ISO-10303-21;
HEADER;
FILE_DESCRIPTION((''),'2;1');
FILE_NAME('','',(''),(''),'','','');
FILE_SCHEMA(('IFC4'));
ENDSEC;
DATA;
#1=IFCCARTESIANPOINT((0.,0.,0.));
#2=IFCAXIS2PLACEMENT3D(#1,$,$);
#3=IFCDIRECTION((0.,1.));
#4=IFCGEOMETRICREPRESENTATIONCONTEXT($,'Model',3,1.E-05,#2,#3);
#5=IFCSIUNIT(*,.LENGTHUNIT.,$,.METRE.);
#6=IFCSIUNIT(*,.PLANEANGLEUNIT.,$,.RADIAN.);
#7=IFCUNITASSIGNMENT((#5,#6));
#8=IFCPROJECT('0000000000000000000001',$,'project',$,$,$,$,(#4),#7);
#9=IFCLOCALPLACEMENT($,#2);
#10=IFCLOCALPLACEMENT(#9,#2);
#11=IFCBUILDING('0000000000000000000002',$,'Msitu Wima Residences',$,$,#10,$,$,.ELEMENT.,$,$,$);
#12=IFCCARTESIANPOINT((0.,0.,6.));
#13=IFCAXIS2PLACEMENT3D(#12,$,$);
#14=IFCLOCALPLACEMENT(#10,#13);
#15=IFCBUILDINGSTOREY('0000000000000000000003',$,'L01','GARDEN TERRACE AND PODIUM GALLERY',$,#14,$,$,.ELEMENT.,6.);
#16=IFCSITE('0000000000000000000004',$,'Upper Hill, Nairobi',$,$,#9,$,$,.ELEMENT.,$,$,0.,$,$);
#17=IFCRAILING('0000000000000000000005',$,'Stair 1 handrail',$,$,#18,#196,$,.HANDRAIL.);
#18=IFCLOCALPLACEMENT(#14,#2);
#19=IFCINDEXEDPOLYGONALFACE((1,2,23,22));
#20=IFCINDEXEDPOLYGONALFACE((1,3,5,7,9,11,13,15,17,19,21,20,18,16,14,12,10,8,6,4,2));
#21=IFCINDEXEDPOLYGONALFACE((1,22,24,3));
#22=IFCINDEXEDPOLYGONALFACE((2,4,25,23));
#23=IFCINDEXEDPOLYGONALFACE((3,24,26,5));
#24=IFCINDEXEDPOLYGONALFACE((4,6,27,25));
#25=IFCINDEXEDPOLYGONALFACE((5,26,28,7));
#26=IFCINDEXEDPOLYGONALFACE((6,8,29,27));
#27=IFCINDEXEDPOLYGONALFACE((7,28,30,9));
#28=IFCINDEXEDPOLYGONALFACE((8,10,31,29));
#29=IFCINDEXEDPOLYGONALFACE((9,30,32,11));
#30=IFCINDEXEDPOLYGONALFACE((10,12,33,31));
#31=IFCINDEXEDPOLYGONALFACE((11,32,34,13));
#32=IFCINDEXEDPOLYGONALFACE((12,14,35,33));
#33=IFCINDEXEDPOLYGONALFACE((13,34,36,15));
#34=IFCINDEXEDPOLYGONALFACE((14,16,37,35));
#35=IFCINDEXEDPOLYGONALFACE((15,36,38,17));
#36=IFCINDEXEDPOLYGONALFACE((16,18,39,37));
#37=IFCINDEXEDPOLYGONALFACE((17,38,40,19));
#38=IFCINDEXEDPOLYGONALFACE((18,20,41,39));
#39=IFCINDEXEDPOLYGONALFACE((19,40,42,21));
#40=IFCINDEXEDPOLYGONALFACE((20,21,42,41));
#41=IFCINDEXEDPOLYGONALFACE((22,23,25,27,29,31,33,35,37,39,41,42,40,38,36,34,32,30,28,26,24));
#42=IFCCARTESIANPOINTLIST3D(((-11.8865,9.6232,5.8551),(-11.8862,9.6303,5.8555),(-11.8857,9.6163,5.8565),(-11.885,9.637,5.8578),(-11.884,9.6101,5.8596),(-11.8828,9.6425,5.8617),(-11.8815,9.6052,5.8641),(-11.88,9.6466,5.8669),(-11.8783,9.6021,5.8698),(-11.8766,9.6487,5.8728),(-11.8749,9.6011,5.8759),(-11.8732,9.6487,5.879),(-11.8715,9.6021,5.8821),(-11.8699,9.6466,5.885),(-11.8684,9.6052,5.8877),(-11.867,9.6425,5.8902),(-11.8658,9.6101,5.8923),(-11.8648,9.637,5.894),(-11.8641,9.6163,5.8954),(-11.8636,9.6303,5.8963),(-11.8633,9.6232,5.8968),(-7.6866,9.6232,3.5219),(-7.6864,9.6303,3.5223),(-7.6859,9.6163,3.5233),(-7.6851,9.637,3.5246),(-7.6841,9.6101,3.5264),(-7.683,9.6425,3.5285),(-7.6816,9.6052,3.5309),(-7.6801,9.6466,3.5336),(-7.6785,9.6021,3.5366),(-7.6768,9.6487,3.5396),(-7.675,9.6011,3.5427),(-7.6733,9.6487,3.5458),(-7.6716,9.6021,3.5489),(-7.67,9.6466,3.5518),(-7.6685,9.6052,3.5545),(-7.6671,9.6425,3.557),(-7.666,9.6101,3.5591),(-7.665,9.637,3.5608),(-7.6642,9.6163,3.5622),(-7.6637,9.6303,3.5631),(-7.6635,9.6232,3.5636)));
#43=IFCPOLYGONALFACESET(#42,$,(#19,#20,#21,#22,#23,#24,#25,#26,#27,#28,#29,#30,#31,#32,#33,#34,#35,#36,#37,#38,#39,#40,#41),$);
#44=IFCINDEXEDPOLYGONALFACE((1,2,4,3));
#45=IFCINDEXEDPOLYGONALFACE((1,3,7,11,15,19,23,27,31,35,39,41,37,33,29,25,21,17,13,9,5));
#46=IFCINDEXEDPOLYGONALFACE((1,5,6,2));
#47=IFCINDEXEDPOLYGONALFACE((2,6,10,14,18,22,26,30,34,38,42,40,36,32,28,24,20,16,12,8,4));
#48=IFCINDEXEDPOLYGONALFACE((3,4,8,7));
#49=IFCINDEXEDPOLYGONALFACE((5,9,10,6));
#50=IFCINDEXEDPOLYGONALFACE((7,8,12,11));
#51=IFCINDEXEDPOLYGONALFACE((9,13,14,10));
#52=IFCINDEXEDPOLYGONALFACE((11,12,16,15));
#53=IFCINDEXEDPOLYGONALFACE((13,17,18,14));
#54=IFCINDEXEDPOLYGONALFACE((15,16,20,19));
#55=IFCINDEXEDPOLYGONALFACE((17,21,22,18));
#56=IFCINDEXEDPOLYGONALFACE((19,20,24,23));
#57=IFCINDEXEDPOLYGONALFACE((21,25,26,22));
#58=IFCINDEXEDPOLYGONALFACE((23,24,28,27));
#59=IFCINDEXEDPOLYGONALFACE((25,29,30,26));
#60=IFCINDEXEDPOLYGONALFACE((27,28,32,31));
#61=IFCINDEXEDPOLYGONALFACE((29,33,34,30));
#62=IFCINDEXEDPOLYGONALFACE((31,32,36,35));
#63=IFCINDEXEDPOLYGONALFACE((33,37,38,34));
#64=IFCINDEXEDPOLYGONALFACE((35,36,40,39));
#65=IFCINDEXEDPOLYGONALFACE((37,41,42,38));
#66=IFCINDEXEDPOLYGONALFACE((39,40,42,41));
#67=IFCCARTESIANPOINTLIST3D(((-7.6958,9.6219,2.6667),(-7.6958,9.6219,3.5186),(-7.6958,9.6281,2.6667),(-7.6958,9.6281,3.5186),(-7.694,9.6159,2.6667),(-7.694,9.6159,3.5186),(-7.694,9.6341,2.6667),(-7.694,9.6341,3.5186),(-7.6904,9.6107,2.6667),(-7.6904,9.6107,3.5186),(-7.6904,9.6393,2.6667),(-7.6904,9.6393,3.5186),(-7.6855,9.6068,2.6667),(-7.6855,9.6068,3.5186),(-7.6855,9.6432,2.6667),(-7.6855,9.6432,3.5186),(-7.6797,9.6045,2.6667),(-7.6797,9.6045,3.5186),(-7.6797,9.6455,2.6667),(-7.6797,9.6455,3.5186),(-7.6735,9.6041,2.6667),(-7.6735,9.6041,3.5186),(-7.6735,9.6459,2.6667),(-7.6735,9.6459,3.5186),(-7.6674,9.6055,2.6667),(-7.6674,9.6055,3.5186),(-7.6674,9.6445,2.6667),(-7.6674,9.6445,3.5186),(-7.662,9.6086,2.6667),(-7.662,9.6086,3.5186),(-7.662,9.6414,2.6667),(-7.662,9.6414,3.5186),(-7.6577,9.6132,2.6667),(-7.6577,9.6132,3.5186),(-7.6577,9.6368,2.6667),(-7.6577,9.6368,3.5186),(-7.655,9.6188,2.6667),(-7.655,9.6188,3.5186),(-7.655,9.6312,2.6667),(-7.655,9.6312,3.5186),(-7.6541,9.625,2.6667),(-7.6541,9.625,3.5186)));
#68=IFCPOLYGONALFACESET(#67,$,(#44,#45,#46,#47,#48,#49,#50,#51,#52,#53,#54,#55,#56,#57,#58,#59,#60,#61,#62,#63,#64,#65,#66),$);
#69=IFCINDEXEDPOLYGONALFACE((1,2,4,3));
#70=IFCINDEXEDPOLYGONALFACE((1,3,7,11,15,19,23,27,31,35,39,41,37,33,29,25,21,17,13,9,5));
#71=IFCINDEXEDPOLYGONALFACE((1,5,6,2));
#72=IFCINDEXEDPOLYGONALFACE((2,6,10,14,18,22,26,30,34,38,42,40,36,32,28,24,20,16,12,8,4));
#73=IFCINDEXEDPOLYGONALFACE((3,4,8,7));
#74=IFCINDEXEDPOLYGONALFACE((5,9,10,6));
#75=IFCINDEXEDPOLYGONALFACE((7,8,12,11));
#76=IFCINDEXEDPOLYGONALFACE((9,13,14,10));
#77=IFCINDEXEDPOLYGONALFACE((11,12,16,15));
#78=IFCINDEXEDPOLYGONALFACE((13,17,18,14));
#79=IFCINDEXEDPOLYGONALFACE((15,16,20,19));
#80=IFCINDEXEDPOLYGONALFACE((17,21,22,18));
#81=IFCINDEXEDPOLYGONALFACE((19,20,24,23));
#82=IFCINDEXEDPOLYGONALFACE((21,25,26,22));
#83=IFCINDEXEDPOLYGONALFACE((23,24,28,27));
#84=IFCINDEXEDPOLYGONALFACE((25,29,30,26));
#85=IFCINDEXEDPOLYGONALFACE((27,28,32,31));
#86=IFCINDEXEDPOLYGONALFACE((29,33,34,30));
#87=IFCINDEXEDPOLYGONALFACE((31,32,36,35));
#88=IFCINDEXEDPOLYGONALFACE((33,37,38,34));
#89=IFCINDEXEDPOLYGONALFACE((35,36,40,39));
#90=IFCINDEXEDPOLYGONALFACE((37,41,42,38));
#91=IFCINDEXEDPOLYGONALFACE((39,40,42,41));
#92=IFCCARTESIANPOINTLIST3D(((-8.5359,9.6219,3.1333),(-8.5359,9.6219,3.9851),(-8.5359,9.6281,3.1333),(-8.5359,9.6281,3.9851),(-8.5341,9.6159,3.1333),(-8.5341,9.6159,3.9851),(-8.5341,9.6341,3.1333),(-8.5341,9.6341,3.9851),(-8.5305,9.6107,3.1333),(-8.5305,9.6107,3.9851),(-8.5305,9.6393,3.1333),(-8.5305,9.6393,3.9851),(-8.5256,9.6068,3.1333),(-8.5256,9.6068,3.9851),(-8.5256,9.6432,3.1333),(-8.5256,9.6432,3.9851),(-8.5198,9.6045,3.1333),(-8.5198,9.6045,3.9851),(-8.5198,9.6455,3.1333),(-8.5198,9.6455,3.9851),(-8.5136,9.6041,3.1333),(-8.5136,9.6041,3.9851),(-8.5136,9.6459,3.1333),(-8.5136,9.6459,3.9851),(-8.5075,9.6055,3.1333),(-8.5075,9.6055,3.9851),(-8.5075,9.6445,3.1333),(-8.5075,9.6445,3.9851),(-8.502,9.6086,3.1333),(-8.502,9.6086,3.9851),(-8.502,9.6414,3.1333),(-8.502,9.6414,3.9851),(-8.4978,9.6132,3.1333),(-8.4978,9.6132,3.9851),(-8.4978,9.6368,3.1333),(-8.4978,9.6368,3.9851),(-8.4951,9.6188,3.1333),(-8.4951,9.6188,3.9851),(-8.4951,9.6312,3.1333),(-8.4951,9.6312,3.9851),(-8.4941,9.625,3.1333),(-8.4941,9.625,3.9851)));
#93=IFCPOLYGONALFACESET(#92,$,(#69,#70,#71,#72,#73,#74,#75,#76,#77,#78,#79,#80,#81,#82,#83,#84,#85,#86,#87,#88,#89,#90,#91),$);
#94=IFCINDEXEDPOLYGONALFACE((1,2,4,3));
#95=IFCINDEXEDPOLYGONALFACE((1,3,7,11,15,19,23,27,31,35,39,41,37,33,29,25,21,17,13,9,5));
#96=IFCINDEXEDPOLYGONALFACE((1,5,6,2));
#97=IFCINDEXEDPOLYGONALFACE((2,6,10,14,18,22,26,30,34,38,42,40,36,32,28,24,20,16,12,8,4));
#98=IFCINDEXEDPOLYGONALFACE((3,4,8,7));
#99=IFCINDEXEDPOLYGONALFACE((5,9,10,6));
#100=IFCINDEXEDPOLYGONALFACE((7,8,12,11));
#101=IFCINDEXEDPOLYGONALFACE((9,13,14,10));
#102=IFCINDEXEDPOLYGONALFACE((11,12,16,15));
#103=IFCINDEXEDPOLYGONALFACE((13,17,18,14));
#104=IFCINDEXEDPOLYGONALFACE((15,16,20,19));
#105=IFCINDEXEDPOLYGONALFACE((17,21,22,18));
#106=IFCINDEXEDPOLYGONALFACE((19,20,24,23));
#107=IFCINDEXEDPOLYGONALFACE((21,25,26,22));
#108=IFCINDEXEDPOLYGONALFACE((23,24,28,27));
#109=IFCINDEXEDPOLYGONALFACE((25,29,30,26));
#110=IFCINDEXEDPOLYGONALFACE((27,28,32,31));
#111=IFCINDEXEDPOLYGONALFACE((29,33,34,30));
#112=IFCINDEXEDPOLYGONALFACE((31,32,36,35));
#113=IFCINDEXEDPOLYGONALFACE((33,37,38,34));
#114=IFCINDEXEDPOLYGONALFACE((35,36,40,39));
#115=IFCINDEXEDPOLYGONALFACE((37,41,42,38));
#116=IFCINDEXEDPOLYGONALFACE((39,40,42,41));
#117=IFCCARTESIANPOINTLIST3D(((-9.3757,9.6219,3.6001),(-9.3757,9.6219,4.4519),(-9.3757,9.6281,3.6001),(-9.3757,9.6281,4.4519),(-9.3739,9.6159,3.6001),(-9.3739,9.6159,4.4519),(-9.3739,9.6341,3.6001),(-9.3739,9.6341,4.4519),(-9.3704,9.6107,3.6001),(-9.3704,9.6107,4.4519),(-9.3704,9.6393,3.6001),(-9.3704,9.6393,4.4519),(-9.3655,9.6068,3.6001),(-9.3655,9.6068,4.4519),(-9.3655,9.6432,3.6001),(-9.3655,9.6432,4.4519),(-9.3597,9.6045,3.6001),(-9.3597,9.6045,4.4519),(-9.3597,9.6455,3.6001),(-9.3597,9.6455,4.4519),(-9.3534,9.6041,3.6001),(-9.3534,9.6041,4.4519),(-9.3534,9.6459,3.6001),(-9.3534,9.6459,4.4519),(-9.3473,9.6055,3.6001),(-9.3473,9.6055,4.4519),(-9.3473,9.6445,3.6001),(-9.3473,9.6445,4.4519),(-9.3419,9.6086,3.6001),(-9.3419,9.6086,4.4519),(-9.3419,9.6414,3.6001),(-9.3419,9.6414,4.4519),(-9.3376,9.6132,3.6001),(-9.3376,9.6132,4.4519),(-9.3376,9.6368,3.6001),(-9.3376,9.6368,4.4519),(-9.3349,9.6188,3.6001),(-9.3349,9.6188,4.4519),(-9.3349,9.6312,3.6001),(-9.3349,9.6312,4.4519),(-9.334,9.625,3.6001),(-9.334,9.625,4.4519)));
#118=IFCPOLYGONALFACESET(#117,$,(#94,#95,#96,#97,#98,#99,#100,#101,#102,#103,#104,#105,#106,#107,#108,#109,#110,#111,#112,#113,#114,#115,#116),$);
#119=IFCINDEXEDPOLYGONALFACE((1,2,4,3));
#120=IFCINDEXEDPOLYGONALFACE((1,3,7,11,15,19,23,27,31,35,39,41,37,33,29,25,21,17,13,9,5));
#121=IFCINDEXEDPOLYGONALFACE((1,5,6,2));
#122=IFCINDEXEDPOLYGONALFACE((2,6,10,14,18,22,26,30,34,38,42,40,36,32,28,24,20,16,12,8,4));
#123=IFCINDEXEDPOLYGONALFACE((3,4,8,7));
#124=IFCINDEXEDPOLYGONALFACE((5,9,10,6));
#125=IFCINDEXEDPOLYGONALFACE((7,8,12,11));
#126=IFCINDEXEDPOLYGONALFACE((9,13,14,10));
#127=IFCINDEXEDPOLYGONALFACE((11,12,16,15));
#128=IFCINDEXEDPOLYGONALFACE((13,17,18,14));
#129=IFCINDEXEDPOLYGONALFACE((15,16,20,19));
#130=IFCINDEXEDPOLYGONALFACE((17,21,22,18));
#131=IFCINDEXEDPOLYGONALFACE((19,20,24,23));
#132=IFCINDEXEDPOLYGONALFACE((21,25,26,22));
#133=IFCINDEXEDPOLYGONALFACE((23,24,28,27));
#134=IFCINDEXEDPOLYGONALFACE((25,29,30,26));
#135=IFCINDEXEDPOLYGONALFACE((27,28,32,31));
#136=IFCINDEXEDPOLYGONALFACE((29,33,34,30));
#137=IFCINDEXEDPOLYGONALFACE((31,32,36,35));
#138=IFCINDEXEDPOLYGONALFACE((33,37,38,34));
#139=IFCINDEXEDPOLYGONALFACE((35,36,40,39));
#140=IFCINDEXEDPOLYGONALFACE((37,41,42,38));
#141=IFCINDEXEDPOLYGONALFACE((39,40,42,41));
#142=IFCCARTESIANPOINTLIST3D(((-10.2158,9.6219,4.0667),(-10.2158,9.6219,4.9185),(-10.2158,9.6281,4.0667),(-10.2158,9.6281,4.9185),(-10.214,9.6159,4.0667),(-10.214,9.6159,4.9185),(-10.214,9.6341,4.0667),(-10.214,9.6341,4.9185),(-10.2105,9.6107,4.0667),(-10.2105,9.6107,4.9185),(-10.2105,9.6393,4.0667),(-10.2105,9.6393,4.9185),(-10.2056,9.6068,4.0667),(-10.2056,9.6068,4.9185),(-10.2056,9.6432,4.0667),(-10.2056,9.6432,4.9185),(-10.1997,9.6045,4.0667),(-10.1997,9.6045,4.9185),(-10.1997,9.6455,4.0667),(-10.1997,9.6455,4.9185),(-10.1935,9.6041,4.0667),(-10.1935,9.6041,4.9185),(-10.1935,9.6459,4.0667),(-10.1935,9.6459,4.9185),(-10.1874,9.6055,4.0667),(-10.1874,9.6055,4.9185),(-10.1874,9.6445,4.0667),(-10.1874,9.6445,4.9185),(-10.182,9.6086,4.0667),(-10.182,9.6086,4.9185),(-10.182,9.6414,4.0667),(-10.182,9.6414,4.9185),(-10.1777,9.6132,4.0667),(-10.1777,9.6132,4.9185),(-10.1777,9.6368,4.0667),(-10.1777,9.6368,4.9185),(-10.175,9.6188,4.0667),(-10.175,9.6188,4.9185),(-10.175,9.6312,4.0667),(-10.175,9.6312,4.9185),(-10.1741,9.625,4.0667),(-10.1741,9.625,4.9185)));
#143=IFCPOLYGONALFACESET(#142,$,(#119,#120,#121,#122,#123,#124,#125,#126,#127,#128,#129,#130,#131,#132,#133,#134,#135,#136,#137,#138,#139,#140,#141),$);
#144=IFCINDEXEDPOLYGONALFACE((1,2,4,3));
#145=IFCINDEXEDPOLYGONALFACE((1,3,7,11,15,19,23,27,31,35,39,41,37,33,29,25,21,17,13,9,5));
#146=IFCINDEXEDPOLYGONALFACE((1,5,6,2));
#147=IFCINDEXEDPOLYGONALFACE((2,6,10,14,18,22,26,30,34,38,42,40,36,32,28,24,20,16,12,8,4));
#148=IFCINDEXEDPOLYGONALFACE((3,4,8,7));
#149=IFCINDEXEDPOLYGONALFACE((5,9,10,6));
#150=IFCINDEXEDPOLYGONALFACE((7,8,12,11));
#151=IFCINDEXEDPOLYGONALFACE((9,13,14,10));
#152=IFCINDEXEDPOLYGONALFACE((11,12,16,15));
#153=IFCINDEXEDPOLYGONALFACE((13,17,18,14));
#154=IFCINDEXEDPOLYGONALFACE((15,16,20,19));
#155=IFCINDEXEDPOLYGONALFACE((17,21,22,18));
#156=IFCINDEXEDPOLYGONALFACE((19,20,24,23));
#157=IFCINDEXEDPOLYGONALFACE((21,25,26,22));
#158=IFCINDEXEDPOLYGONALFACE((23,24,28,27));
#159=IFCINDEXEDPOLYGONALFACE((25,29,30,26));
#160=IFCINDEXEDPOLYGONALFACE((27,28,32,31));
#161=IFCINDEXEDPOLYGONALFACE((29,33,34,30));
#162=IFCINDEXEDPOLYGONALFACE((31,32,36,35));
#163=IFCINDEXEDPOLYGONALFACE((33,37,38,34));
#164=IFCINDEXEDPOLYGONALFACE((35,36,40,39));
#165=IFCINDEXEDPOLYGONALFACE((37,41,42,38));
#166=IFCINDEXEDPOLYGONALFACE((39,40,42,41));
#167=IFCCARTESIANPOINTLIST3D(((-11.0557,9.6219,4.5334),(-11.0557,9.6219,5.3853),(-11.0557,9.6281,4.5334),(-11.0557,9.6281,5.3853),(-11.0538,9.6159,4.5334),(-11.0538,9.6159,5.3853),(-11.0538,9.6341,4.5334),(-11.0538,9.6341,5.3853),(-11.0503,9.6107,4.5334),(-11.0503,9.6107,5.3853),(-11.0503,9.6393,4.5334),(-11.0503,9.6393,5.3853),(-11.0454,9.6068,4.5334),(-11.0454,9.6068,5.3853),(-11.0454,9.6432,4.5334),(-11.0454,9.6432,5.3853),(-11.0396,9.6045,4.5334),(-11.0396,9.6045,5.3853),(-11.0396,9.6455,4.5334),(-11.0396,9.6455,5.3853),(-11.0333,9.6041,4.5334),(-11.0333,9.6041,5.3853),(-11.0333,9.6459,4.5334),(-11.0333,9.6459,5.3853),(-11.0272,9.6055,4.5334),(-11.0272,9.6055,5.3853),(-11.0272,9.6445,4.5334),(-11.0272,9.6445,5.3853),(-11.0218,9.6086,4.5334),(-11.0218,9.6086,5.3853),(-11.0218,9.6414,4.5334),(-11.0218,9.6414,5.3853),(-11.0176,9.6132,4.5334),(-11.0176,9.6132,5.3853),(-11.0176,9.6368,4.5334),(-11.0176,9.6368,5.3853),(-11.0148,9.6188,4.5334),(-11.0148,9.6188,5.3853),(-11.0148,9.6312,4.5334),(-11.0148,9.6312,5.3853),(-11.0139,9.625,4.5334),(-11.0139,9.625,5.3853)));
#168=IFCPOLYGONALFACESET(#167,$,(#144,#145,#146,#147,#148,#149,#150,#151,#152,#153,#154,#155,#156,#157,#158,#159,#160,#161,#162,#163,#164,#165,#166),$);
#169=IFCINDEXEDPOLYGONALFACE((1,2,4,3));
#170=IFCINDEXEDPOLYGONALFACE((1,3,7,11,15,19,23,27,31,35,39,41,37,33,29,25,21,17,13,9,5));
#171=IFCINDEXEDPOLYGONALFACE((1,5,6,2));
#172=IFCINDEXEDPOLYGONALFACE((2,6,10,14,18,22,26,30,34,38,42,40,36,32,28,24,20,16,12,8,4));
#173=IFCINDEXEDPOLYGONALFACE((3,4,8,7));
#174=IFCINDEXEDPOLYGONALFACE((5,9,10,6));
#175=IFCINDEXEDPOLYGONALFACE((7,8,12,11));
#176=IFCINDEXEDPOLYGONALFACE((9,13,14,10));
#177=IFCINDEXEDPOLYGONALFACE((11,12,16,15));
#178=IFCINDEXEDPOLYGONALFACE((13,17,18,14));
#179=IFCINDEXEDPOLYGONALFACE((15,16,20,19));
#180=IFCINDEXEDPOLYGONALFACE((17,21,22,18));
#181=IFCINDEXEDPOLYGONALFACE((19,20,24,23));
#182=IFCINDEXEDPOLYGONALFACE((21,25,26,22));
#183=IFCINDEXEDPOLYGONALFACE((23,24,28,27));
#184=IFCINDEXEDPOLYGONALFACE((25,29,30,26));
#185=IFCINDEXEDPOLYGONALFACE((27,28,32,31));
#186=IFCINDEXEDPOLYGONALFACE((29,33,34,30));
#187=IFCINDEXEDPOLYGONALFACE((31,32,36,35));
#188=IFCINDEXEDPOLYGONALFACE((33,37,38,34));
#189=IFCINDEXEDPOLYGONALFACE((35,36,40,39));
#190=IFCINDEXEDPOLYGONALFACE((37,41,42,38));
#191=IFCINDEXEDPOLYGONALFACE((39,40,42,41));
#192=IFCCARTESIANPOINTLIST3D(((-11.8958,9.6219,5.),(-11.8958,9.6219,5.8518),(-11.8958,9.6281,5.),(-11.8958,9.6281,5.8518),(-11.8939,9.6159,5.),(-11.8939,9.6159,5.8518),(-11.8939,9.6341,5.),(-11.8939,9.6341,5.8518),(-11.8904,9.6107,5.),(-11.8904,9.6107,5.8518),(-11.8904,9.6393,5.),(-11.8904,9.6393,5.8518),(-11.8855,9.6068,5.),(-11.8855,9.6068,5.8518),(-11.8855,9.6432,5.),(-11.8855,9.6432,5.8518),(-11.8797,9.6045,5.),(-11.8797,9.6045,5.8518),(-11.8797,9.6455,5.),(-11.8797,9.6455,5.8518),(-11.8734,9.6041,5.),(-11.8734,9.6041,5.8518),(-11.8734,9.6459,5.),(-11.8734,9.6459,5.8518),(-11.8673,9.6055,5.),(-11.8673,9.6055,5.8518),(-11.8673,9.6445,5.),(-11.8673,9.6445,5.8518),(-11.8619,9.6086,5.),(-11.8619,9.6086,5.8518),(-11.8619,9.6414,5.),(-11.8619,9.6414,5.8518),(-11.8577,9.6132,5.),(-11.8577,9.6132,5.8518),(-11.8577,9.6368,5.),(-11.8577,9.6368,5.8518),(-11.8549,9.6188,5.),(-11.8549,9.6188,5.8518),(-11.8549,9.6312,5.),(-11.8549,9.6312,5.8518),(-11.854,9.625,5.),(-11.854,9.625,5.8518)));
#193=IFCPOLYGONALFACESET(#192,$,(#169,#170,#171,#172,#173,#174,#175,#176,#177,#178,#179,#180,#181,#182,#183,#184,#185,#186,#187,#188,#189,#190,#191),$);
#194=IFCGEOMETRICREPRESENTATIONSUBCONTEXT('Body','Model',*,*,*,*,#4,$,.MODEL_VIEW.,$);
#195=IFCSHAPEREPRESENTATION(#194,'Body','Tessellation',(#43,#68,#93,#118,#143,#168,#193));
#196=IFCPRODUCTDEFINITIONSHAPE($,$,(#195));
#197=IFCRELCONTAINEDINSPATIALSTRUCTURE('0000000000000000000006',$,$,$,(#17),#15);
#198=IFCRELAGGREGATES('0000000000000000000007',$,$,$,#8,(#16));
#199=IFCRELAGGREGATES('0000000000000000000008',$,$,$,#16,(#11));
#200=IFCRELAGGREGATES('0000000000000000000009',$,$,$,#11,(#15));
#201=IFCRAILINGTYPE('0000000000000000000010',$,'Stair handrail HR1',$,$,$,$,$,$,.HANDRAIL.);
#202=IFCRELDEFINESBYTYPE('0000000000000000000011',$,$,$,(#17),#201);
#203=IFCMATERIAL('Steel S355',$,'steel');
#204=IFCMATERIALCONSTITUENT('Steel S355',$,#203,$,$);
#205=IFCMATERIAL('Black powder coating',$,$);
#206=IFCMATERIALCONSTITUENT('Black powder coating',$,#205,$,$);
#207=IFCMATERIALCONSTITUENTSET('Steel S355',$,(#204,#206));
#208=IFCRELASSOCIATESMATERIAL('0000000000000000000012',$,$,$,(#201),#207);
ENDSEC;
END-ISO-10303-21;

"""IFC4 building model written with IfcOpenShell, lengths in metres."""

from ifc_helpers import new_model, si_unit, direction, frame, origin, origin_2d, place, context, subcontext, project, spatial, circle, extrude, material, constituent, constituent_set, type_object, element, save


model = new_model("IFC4")

# Units and contexts
model_context = context("Model", 3, precision=1e-05, world=origin(), true_north=direction((0.0, 1.0)))
body_context = subcontext(model_context, "Body", "Model", "MODEL_VIEW")
ifc_project = project(units=[si_unit("LENGTHUNIT", "METRE"), si_unit("PLANEANGLEUNIT", "RADIAN")], contexts=[model_context])

# Site, building, storey
site_placement = place(None, origin())
site = spatial("IfcSite", under=ifc_project, at=site_placement, Name="Upper Hill, Nairobi", CompositionType="ELEMENT", RefElevation=0.0)
building_placement = place(site_placement, origin())
building = spatial("IfcBuilding", under=site, at=building_placement, Name="Msitu Wima Residences", CompositionType="ELEMENT")
storey_placement = place(building_placement, frame((0.0, 0.0, 6.0)))
storey = spatial("IfcBuildingStorey", under=building, at=storey_placement, Name="L01", Description="GARDEN TERRACE AND PODIUM GALLERY", CompositionType="ELEMENT", Elevation=6.0)

# Railing
ifc_material_1 = material(Name="Steel S355", Category="steel")
ifc_constituent_1 = constituent(ifc_material_1, Name="Steel S355")
ifc_material_2 = material(Name="Black powder coating")
ifc_constituent_2 = constituent(ifc_material_2, Name="Black powder coating")
ifc_constituent_set = constituent_set(constituents=[ifc_constituent_1, ifc_constituent_2], Name="Steel S355")
railing_type = type_object("IfcRailingType", Name="Stair handrail HR1", PredefinedType="HANDRAIL", material=ifc_constituent_set)
for number, where, name in (
    (1, (-7.675, 9.625, 2.6667), "Stair 1 handrail"),
):
    element("IfcRailing", number, at=place(storey_placement, frame(where)), inside=storey, type_object=railing_type, Name=name, PredefinedType="HANDRAIL", context=body_context, shape_type="SweptSolid", body=[
        extrude(circle(Radius=0.0239, at=origin_2d()), frame((0.0, 0.0, 0.876), z_axis=(-0.874162, 0.0, 0.485634), x_axis=(0.0, -1.0, 0.0)), (0.0, 0.0, 1.0), 4.8044),
        extrude(circle(Radius=0.021, at=origin_2d()), origin(), (0.0, 0.0, 1.0), 0.8518),
        extrude(circle(Radius=0.021, at=origin_2d()), frame((-0.8401, 0.0, 0.4666)), (0.0, 0.0, 1.0), 0.8518),
        extrude(circle(Radius=0.021, at=origin_2d()), frame((-1.6799, 0.0, 0.9333)), (0.0, 0.0, 1.0), 0.8518),
        extrude(circle(Radius=0.021, at=origin_2d()), frame((-2.52, 0.0, 1.3999)), (0.0, 0.0, 1.0), 0.8518),
        extrude(circle(Radius=0.021, at=origin_2d()), frame((-3.3599, 0.0, 1.8667)), (0.0, 0.0, 1.0), 0.8518),
        extrude(circle(Radius=0.021, at=origin_2d()), frame((-4.2, 0.0, 2.3333)), (0.0, 0.0, 1.0), 0.8518),
    ])

save(model, "model.ifc")
